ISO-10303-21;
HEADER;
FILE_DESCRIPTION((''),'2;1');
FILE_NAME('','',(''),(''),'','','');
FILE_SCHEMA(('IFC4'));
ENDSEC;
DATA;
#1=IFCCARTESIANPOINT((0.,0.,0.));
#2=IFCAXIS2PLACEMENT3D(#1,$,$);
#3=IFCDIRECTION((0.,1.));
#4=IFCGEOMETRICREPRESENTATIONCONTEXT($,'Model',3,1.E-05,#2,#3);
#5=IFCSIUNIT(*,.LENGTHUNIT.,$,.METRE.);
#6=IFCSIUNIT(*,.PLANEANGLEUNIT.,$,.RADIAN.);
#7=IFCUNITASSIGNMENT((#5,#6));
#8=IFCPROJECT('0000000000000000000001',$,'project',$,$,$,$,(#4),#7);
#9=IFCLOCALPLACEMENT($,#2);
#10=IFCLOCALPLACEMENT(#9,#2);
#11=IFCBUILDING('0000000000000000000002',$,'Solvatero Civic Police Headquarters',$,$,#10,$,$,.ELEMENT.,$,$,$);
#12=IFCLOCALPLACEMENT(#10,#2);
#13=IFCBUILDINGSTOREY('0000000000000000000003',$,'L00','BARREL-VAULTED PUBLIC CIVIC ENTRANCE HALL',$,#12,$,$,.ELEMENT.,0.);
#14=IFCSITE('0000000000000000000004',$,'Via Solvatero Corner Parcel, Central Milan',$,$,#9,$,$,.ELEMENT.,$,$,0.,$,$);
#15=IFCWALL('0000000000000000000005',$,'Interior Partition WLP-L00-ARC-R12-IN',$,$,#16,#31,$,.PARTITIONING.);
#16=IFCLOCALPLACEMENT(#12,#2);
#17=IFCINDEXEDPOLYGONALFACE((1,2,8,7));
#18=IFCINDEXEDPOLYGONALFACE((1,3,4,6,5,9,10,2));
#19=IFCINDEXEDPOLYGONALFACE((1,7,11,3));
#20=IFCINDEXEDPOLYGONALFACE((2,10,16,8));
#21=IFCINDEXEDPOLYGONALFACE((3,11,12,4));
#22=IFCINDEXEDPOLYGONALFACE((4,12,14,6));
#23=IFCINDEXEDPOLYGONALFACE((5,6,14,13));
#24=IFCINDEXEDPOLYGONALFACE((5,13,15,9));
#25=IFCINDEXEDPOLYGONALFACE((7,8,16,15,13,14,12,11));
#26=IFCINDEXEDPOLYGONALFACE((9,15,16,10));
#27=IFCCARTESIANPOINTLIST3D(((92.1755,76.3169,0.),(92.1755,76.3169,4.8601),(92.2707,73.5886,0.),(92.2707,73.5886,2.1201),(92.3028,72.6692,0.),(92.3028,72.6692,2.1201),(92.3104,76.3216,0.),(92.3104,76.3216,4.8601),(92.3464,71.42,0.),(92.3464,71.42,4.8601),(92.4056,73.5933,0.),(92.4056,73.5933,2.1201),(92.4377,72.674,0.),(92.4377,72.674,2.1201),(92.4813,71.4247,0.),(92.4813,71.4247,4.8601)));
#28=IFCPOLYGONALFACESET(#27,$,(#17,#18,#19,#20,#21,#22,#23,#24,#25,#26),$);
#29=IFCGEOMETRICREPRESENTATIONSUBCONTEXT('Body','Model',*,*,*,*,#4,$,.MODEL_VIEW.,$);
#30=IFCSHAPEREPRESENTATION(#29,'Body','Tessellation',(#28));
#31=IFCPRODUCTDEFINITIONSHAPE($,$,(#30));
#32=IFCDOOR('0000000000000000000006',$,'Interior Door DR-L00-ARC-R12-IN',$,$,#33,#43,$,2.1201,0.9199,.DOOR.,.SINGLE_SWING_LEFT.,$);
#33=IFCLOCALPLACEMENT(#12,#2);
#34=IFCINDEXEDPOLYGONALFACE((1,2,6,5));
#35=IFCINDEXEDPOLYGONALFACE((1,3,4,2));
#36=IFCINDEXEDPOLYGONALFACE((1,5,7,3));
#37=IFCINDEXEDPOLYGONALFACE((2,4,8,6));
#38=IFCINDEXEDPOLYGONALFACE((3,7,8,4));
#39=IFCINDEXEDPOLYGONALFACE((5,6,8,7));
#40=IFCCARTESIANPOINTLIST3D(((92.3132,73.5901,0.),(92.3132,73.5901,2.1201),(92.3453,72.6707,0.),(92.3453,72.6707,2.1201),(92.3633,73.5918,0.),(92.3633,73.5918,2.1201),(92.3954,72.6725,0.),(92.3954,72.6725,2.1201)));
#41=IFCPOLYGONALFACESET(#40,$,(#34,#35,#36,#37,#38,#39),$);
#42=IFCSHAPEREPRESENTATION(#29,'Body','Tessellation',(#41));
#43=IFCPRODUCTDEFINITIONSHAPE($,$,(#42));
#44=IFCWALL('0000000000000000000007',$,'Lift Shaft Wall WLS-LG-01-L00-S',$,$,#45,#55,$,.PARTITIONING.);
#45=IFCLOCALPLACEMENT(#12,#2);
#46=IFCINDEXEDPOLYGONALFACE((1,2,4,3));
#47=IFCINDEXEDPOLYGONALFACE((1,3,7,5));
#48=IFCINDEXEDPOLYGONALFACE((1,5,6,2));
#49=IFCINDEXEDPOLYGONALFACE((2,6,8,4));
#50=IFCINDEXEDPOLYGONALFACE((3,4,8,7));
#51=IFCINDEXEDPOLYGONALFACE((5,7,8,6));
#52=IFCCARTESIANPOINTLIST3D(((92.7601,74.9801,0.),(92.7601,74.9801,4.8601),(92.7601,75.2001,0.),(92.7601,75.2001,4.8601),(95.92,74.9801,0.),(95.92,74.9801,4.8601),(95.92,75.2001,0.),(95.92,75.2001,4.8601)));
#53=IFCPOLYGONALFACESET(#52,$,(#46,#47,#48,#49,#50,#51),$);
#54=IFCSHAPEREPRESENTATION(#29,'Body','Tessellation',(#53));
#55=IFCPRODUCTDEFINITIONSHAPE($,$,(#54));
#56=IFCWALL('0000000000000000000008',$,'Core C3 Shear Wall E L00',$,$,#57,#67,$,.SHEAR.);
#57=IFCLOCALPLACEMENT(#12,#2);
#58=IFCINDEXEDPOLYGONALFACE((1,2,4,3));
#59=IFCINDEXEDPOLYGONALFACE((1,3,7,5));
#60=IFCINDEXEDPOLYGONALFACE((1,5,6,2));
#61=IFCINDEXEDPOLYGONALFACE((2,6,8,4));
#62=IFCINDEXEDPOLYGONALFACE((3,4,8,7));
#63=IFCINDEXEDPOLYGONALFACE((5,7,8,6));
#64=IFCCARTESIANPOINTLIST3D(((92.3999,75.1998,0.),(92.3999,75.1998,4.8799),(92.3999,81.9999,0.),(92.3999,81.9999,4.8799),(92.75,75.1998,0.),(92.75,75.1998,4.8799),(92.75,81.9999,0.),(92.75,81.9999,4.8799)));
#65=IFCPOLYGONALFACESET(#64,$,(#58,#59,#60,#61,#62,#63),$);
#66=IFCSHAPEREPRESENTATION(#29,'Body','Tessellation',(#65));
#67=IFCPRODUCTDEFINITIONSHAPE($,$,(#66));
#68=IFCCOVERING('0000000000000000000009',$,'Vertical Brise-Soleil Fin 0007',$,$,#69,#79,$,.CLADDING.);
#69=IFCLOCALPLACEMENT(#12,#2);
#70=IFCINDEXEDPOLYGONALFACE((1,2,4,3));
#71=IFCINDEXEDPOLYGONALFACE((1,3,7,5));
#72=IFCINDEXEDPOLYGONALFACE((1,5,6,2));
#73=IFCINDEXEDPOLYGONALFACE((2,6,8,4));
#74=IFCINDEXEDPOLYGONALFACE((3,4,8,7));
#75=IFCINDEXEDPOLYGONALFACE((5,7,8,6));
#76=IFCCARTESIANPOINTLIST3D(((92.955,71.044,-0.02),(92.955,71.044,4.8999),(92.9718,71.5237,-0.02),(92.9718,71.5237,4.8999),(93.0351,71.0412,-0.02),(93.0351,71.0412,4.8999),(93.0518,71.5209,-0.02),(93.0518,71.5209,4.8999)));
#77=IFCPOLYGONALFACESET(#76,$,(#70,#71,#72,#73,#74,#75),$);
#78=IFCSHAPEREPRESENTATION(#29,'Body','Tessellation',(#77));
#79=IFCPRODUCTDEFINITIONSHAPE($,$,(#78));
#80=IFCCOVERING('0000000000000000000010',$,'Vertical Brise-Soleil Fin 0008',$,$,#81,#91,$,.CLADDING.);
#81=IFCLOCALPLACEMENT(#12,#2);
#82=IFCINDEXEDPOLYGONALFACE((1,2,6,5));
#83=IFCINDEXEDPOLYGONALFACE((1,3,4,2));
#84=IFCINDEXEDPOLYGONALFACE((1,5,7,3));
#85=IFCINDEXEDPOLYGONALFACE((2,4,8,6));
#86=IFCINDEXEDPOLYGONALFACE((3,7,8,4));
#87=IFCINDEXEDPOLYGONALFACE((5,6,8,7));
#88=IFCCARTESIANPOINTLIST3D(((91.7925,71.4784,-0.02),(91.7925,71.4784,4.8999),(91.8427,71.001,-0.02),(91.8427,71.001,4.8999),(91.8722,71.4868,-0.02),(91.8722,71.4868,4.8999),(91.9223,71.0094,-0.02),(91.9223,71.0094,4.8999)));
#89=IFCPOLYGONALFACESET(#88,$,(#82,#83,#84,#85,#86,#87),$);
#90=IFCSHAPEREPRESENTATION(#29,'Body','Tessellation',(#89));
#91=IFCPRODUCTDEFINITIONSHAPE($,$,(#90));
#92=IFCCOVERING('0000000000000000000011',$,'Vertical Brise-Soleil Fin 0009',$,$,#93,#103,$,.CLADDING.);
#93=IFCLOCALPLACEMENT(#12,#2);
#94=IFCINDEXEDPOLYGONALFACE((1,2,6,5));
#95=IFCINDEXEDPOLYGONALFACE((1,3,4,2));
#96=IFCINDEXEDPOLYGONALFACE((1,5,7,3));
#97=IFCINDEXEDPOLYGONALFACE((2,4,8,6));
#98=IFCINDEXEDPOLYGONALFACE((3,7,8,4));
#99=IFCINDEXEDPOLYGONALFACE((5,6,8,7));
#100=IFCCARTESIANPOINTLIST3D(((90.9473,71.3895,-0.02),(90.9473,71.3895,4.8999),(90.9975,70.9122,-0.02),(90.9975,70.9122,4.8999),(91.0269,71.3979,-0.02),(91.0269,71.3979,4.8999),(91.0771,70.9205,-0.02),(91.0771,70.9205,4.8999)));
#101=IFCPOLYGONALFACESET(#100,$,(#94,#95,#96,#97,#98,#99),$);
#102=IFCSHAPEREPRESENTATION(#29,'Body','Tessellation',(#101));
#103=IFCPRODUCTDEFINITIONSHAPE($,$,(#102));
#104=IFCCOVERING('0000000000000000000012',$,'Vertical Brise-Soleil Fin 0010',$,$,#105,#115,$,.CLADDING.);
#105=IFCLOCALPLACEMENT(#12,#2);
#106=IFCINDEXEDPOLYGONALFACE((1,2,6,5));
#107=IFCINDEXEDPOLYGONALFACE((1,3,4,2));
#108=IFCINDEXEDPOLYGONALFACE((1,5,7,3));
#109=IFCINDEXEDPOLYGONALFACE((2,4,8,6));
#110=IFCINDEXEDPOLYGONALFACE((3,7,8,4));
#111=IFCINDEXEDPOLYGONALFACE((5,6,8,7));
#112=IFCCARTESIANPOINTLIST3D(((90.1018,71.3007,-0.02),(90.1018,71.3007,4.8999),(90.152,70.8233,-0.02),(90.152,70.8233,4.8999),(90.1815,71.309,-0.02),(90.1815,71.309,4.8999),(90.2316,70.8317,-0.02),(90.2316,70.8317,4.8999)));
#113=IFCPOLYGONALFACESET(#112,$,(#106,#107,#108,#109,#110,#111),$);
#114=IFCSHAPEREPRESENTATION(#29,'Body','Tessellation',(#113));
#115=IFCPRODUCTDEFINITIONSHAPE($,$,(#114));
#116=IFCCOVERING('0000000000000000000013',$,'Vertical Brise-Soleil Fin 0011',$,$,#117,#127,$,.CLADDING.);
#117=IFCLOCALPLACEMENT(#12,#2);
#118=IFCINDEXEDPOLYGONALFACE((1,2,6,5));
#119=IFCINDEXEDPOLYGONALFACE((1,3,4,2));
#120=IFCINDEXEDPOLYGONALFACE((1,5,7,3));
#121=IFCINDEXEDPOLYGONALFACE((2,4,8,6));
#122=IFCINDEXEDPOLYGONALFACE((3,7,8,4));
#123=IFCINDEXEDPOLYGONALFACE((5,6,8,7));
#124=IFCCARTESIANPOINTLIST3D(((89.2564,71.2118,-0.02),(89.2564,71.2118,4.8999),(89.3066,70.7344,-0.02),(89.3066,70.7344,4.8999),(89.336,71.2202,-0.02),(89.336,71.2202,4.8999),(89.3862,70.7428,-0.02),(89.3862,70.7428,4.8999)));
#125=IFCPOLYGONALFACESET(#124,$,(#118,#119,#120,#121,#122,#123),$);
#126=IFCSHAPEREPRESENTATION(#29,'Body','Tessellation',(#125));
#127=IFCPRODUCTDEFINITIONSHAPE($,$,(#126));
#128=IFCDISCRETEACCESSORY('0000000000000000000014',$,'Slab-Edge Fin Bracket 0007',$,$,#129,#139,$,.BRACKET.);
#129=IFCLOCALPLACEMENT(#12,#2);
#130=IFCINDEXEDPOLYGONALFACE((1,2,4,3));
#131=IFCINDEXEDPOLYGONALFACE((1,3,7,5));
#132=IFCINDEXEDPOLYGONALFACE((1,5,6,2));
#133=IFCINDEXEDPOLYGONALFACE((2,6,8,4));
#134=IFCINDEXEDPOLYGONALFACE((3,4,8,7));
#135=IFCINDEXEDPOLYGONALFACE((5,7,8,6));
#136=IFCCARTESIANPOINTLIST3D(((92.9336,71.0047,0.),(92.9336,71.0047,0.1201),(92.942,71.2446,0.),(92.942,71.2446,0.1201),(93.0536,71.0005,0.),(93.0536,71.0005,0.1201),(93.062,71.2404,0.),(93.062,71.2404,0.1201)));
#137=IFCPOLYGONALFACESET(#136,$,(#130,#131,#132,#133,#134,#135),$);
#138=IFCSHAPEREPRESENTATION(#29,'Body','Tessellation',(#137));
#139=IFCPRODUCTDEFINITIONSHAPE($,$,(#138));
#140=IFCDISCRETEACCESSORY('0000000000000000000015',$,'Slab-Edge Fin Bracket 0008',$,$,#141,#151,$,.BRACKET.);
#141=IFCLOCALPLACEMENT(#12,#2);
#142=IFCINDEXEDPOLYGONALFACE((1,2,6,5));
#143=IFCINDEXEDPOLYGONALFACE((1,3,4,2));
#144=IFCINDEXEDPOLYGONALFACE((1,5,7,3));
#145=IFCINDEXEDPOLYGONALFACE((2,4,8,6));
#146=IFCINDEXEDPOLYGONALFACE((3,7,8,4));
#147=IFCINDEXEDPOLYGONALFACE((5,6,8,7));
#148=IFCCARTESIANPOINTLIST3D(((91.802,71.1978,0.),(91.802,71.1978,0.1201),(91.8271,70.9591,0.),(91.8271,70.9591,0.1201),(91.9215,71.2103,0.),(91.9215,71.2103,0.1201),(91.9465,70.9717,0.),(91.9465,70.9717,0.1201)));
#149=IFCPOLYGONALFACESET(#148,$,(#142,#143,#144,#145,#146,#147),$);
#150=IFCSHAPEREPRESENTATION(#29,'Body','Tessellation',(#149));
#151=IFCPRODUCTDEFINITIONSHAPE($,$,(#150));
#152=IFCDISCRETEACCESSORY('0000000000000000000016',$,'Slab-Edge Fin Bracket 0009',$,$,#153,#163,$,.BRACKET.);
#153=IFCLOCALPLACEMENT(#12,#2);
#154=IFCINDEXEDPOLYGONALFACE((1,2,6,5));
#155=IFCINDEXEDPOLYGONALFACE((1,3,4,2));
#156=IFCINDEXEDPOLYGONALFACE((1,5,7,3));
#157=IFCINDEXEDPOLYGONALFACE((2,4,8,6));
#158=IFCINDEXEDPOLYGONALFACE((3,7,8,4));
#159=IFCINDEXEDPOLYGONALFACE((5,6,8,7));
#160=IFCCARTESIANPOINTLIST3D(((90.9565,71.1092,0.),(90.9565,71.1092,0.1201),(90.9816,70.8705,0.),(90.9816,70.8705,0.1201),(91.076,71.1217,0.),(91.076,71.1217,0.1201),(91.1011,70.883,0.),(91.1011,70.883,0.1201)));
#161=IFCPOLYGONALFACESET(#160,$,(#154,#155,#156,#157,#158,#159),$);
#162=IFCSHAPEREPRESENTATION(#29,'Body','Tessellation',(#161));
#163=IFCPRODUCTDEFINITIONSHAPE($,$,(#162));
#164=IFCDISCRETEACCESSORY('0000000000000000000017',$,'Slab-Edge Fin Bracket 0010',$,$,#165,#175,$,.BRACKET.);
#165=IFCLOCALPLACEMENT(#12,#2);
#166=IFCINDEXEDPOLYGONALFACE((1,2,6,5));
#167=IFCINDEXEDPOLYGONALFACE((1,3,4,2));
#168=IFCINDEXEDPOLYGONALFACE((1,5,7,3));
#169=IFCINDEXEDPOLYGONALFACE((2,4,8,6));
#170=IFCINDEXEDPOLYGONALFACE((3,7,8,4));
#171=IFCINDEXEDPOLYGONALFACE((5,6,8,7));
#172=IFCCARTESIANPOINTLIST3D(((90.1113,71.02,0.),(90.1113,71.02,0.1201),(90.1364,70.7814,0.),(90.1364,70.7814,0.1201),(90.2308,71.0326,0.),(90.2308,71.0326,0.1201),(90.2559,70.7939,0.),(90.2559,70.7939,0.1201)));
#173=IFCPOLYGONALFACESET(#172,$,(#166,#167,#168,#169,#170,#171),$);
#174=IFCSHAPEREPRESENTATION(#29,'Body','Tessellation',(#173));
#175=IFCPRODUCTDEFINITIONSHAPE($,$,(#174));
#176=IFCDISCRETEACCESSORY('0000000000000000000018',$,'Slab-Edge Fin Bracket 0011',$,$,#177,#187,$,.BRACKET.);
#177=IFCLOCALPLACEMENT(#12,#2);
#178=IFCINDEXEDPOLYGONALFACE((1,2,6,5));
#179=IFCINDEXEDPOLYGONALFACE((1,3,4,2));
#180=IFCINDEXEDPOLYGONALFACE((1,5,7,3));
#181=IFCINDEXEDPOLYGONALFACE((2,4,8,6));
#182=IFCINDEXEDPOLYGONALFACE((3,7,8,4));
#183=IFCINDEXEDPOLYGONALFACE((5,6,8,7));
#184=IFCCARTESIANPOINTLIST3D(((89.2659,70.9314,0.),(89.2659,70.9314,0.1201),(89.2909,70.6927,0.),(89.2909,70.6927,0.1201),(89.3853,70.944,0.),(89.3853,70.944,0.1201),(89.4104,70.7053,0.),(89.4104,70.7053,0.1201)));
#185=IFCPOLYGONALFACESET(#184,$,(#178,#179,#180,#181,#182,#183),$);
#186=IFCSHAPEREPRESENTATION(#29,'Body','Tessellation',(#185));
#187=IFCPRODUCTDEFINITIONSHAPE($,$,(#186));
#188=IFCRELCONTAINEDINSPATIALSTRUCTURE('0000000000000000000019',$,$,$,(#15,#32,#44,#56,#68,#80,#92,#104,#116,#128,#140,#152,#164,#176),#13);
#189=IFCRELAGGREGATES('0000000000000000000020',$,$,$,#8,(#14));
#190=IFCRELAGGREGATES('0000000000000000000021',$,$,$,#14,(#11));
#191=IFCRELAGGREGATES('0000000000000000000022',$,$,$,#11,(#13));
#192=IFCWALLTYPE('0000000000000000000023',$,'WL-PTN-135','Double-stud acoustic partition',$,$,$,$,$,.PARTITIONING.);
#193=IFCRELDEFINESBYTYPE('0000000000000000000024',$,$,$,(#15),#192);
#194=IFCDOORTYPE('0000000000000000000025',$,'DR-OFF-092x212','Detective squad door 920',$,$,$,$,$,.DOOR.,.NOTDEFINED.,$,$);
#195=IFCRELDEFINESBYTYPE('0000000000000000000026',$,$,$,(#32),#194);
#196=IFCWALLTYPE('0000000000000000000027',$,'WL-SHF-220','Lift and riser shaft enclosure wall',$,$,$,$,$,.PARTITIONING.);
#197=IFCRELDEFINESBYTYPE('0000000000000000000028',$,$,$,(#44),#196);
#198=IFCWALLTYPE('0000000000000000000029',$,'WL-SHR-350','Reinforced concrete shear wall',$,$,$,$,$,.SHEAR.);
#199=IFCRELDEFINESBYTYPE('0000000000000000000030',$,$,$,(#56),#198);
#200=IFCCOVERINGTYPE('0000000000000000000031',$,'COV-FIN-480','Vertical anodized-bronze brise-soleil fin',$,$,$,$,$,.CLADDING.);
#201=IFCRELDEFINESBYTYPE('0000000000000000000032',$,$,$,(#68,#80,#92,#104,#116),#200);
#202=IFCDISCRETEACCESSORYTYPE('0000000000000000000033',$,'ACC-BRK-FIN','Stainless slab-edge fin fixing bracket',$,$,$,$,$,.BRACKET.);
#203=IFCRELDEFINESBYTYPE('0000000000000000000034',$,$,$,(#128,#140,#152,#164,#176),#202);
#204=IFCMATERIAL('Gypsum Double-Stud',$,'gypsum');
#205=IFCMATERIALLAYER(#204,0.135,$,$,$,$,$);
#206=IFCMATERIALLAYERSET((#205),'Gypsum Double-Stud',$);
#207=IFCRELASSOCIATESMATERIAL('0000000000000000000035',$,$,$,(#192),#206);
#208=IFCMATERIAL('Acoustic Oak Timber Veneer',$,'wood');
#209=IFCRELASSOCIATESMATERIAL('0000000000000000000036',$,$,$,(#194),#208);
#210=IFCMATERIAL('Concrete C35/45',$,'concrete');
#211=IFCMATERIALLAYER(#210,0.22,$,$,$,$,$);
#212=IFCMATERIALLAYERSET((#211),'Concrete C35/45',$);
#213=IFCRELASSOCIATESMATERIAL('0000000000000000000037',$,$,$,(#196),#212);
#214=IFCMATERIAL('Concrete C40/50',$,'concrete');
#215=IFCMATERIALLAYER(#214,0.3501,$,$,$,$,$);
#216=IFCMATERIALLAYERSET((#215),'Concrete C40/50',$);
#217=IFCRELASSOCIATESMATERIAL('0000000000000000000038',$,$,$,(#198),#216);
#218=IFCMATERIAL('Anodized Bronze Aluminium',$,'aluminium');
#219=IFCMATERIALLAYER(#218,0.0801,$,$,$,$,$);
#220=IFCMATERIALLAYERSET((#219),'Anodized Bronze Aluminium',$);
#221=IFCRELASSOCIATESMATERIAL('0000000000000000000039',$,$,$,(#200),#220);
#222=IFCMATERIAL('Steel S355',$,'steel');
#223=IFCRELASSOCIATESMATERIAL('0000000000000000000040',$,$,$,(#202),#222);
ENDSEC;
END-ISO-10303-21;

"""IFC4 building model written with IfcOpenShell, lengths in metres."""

from ifc_helpers import new_model, si_unit, direction, frame, frame_2d, origin, origin_2d, place, context, subcontext, project, spatial, rectangle, extrude, material, layer, layer_set, type_object, element, fill, save


model = new_model("IFC4")

# Units and contexts
model_context = context("Model", 3, precision=1e-05, world=origin(), true_north=direction((0.0, 1.0)))
body_context = subcontext(model_context, "Body", "Model", "MODEL_VIEW")
ifc_project = project(units=[si_unit("LENGTHUNIT", "METRE"), si_unit("PLANEANGLEUNIT", "RADIAN")], contexts=[model_context])

# Site, building, storey
site_placement = place(None, origin())
site = spatial("IfcSite", under=ifc_project, at=site_placement, Name="Via Solvatero Corner Parcel, Central Milan", CompositionType="ELEMENT", RefElevation=0.0)
building_placement = place(site_placement, origin())
building = spatial("IfcBuilding", under=site, at=building_placement, Name="Solvatero Civic Police Headquarters", CompositionType="ELEMENT")
storey_placement = place(building_placement, origin())
storey = spatial("IfcBuildingStorey", under=building, at=storey_placement, Name="L00", Description="BARREL-VAULTED PUBLIC CIVIC ENTRANCE HALL", CompositionType="ELEMENT", Elevation=0.0)

# Shared definitions
ifc_material_1 = material(Name="Concrete C40/50", Category="concrete")

# Shared definitions
ifc_material_2 = material(Name="Steel S355", Category="steel")

# Shared definitions
ifc_material_3 = material(Name="Anodized Bronze Aluminium", Category="aluminium")

# Wall, opening, door
ifc_material_4 = material(Name="Gypsum Double-Stud", Category="gypsum")
ifc_layer_1 = layer(ifc_material_4, 0.135)
ifc_layer_set_1 = layer_set([ifc_layer_1], Name="Gypsum Double-Stud")
wall_type_1 = type_object("IfcWallType", Name="WL-PTN-135", Description="Double-stud acoustic partition", PredefinedType="PARTITIONING", material=ifc_layer_set_1)
wall_1_placement = place(storey_placement, frame((92.4138, 71.4224, 0.0), z_axis=(0.0, 0.0, 1.0), x_axis=(-0.034878, 0.999392, 0.0)))
wall_1 = element("IfcWall", 1, at=wall_1_placement, inside=storey, type_object=wall_type_1, Name="Interior Partition WLP-L00-ARC-R12-IN", PredefinedType="PARTITIONING", context=body_context, shape_type="SweptSolid", body=[
    extrude(rectangle(XDim=4.8999, YDim=0.135, at=frame_2d((2.45, 0.0))), origin(), (0.0, 0.0, 1.0), 4.8601),
])
opening_placement = place(wall_1_placement, frame((1.25, 0.0, 0.0)))
opening = element("IfcOpeningElement", 2, at=opening_placement, cuts=wall_1, PredefinedType="OPENING", context=body_context, shape_type="SweptSolid", body=[
    extrude(rectangle(XDim=0.9199, YDim=2.1201, at=frame_2d((0.46, 1.0601))), frame((0.0, 0.0774, 0.0), z_axis=(0.0, -1.0, 0.0), x_axis=(1.0, 0.0, 0.0)), (0.0, 0.0, 1.0), 0.155),
])
ifc_material_5 = material(Name="Acoustic Oak Timber Veneer", Category="wood")
door_type = type_object("IfcDoorType", Name="DR-OFF-092x212", Description="Detective squad door 920", OperationType="NOTDEFINED", PredefinedType="DOOR", material=ifc_material_5)
door_placement = place(opening_placement, origin())
door = element("IfcDoor", 3, at=door_placement, inside=storey, type_object=door_type, Name="Interior Door DR-L00-ARC-R12-IN", OperationType="SINGLE_SWING_LEFT", OverallHeight=2.1201, OverallWidth=0.9199, PredefinedType="DOOR", context=body_context, shape_type="SweptSolid", body=[
    extrude(rectangle(XDim=0.9199, YDim=2.1201, at=frame_2d((0.46, 1.0601))), frame((0.0, 0.0249, 0.0), z_axis=(0.0, -1.0, 0.0), x_axis=(1.0, 0.0, 0.0)), (0.0, 0.0, 1.0), 0.05),
])
fill(opening, door)

# Walls
ifc_material_6 = material(Name="Concrete C35/45", Category="concrete")
ifc_layer_2 = layer(ifc_material_6, 0.22)
ifc_layer_set_2 = layer_set([ifc_layer_2], Name="Concrete C35/45")
wall_type_2 = type_object("IfcWallType", Name="WL-SHF-220", Description="Lift and riser shaft enclosure wall", PredefinedType="PARTITIONING", material=ifc_layer_set_2)
wall_2_placement = place(storey_placement, frame((92.76, 75.0901, 0.0), z_axis=(0.0, 0.0, 1.0), x_axis=(1.0, 0.0, 0.0)))
element("IfcWall", 4, at=wall_2_placement, inside=storey, type_object=wall_type_2, Name="Lift Shaft Wall WLS-LG-01-L00-S", PredefinedType="PARTITIONING", context=body_context, shape_type="SweptSolid", body=[
    extrude(rectangle(XDim=3.1599, YDim=0.22, at=frame_2d((1.5801, 0.0))), origin(), (0.0, 0.0, 1.0), 4.8601),
])
ifc_layer_3 = layer(ifc_material_1, 0.3501)
ifc_layer_set_3 = layer_set([ifc_layer_3], Name="Concrete C40/50")
wall_type_3 = type_object("IfcWallType", Name="WL-SHR-350", Description="Reinforced concrete shear wall", PredefinedType="SHEAR", material=ifc_layer_set_3)
wall_3_placement = place(storey_placement, frame((92.575, 75.2, 0.0), z_axis=(0.0, 0.0, 1.0), x_axis=(0.0, 1.0, 0.0)))
element("IfcWall", 5, at=wall_3_placement, inside=storey, type_object=wall_type_3, Name="Core C3 Shear Wall E L00", PredefinedType="SHEAR", context=body_context, shape_type="SweptSolid", body=[
    extrude(rectangle(XDim=6.8, YDim=0.3501, at=frame_2d((3.3999, 0.0))), origin(), (0.0, 0.0, 1.0), 4.8799),
])

# Coverings
ifc_layer_4 = layer(ifc_material_3, 0.0801)
ifc_layer_set_4 = layer_set([ifc_layer_4], Name="Anodized Bronze Aluminium")
covering_type = type_object("IfcCoveringType", Name="COV-FIN-480", Description="Vertical anodized-bronze brise-soleil fin", PredefinedType="CLADDING", material=ifc_layer_set_4)
for number, where, z_axis, x_axis, name in (
    (6, (93.0034, 71.2825, -0.02), (0.0, 0.0, 1.0), (-0.999391, 0.034899, 0.0), "Vertical Brise-Soleil Fin 0007"),
    (7, (91.8574, 71.2439, -0.02), (0.0, 0.0, 1.0), (-0.994524, -0.104511, 0.0), "Vertical Brise-Soleil Fin 0008"),
    (8, (91.0122, 71.155, -0.02), (0.0, 0.0, 1.0), (-0.994524, -0.104511, 0.0), "Vertical Brise-Soleil Fin 0009"),
    (9, (90.1667, 71.0662, -0.02), (0.0, 0.0, 1.0), (-0.994524, -0.104511, 0.0), "Vertical Brise-Soleil Fin 0010"),
    (10, (89.3213, 70.9773, -0.02), (0.0, 0.0, 1.0), (-0.994524, -0.104511, 0.0), "Vertical Brise-Soleil Fin 0011"),
):
    element("IfcCovering", number, at=place(storey_placement, frame(where, z_axis=z_axis, x_axis=x_axis)), inside=storey, type_object=covering_type, Name=name, PredefinedType="CLADDING", context=body_context, shape_type="SweptSolid", body=[
        extrude(rectangle(XDim=0.0801, YDim=0.48, at=origin_2d()), origin(), (0.0, 0.0, 1.0), 4.9199),
    ])

# Discrete accessories
discrete_accessory_type = type_object("IfcDiscreteAccessoryType", Name="ACC-BRK-FIN", Description="Stainless slab-edge fin fixing bracket", PredefinedType="BRACKET", material=ifc_material_2)
for number, where, z_axis, x_axis, name in (
    (11, (92.9978, 71.1226, 0.0), (0.0, 0.0, 1.0), (-0.999391, 0.034899, 0.0), "Slab-Edge Fin Bracket 0007"),
    (12, (91.8743, 71.0847, 0.0), (0.0, 0.0, 1.0), (-0.994524, -0.104511, 0.0), "Slab-Edge Fin Bracket 0008"),
    (13, (91.0288, 70.9961, 0.0), (0.0, 0.0, 1.0), (-0.994524, -0.104511, 0.0), "Slab-Edge Fin Bracket 0009"),
    (14, (90.1836, 70.907, 0.0), (0.0, 0.0, 1.0), (-0.994524, -0.104511, 0.0), "Slab-Edge Fin Bracket 0010"),
    (15, (89.3381, 70.8184, 0.0), (0.0, 0.0, 1.0), (-0.994524, -0.104511, 0.0), "Slab-Edge Fin Bracket 0011"),
):
    element("IfcDiscreteAccessory", number, at=place(storey_placement, frame(where, z_axis=z_axis, x_axis=x_axis)), inside=storey, type_object=discrete_accessory_type, Name=name, PredefinedType="BRACKET", context=body_context, shape_type="SweptSolid", body=[
        extrude(rectangle(XDim=0.1201, YDim=0.24, at=origin_2d()), origin(), (0.0, 0.0, 1.0), 0.1201),
    ])

save(model, "model.ifc")
